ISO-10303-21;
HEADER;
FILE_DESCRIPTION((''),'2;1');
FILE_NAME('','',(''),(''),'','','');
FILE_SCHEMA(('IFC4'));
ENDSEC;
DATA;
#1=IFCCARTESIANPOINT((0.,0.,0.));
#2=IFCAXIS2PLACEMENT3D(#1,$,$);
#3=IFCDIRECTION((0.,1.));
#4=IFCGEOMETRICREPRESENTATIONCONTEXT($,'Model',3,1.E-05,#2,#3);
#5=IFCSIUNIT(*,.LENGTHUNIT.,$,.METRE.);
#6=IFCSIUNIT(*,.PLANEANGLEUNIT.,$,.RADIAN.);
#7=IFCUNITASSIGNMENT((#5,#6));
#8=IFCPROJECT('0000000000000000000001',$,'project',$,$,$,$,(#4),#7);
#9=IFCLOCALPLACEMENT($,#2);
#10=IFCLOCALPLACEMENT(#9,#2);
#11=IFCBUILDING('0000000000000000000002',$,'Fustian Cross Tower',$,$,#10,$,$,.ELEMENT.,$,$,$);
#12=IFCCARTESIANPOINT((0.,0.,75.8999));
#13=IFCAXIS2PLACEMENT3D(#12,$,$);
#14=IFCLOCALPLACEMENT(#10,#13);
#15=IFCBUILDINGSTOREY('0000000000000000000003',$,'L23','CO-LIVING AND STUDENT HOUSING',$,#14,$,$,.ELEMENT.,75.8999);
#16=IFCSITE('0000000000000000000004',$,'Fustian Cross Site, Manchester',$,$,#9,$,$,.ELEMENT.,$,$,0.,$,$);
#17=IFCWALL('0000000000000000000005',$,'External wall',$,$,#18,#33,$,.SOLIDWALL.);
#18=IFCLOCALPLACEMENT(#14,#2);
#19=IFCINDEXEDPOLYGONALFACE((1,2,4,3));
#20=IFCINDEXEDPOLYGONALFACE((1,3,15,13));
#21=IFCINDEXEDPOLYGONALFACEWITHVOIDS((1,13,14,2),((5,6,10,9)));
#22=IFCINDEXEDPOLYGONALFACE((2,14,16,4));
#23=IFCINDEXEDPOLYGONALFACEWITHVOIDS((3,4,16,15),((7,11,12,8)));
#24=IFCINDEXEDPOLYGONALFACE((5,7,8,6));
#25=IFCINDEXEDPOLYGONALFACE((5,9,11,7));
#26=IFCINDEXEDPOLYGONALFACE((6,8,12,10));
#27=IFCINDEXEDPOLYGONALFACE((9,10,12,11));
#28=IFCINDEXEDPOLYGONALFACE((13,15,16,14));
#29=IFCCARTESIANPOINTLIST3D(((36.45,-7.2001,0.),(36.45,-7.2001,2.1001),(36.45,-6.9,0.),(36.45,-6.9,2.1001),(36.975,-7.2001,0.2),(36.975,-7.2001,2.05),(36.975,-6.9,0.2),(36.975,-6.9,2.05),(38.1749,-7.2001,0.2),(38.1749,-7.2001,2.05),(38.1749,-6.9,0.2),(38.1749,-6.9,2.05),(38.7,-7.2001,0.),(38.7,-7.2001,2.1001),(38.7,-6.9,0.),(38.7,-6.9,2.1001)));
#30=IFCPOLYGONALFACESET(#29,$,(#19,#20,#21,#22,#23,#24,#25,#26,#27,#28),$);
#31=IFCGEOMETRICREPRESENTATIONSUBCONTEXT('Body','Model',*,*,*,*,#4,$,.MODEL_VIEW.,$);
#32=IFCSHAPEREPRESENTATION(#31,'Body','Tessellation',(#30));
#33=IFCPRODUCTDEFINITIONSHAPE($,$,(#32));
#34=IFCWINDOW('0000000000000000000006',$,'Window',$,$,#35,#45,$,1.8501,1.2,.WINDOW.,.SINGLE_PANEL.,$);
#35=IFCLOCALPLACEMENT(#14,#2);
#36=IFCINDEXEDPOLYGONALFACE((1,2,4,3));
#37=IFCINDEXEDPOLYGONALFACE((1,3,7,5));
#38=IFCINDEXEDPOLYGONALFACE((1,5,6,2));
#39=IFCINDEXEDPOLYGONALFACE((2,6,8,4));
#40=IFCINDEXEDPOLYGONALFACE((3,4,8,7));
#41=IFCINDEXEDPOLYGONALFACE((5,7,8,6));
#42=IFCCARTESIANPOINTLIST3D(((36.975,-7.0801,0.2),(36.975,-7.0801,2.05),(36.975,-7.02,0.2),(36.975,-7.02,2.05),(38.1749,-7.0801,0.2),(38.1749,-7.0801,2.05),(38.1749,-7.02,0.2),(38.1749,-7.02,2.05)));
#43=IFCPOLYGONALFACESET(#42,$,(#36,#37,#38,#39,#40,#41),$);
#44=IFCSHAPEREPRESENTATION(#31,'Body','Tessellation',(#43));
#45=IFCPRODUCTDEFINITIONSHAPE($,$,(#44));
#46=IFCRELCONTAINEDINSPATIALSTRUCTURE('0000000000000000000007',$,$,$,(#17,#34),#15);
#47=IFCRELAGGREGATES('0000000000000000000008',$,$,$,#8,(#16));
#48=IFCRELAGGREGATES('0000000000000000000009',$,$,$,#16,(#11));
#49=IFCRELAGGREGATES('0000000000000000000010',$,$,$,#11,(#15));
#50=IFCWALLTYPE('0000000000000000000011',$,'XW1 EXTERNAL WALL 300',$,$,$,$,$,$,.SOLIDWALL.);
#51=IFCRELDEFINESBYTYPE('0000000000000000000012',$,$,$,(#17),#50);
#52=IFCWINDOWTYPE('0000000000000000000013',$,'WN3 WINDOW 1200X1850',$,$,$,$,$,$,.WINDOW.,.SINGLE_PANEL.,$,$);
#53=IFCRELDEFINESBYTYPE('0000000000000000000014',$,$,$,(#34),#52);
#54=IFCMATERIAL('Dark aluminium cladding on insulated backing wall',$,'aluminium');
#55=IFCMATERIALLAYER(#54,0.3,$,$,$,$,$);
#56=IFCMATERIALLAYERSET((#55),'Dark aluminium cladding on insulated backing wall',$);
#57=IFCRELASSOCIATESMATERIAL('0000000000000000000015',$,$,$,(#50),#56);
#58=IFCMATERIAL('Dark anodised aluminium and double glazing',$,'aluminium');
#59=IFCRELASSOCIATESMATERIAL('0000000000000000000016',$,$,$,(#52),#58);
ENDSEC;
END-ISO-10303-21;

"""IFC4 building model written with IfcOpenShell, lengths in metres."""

from ifc_helpers import new_model, si_unit, direction, frame, frame_2d, origin, place, context, subcontext, project, spatial, rectangle, extrude, material, layer, layer_set, type_object, element, fill, save


model = new_model("IFC4")

# Units and contexts
model_context = context("Model", 3, precision=1e-05, world=origin(), true_north=direction((0.0, 1.0)))
body_context = subcontext(model_context, "Body", "Model", "MODEL_VIEW")
ifc_project = project(units=[si_unit("LENGTHUNIT", "METRE"), si_unit("PLANEANGLEUNIT", "RADIAN")], contexts=[model_context])

# Site, building, storey
site_placement = place(None, origin())
site = spatial("IfcSite", under=ifc_project, at=site_placement, Name="Fustian Cross Site, Manchester", CompositionType="ELEMENT", RefElevation=0.0)
building_placement = place(site_placement, origin())
building = spatial("IfcBuilding", under=site, at=building_placement, Name="Fustian Cross Tower", CompositionType="ELEMENT")
storey_placement = place(building_placement, frame((0.0, 0.0, 75.8999)))
storey = spatial("IfcBuildingStorey", under=building, at=storey_placement, Name="L23", Description="CO-LIVING AND STUDENT HOUSING", CompositionType="ELEMENT", Elevation=75.8999)

# Wall, opening, window
ifc_material_1 = material(Name="Dark aluminium cladding on insulated backing wall", Category="aluminium")
ifc_layer_1 = layer(ifc_material_1, 0.3)
ifc_layer_set_1 = layer_set([ifc_layer_1], Name="Dark aluminium cladding on insulated backing wall")
wall_type_1 = type_object("IfcWallType", Name="XW1 EXTERNAL WALL 300", PredefinedType="SOLIDWALL", material=ifc_layer_set_1)
ifc_material_2 = material(Name="Dark anodised aluminium and double glazing", Category="aluminium")
window_type = type_object("IfcWindowType", Name="WN3 WINDOW 1200X1850", PartitioningType="SINGLE_PANEL", PredefinedType="WINDOW", material=ifc_material_2)
wall_1_placement = place(storey_placement, frame((36.45, -7.05, 0.0), z_axis=(0.0, 0.0, 1.0), x_axis=(1.0, 0.0, 0.0)))
wall_1 = element("IfcWall", 1, at=wall_1_placement, inside=storey, type_object=wall_type_1, Name="External wall", PredefinedType="SOLIDWALL", context=body_context, shape_type="SweptSolid", body=[
    extrude(rectangle(XDim=2.25, YDim=0.3, at=frame_2d((1.125, 0.0))), origin(), (0.0, 0.0, 1.0), 2.1001),
])
opening_1_placement = place(wall_1_placement, frame((0.5249, 0.0, 0.2)))
opening_1 = element("IfcOpeningElement", 2, at=opening_1_placement, cuts=wall_1, PredefinedType="OPENING", context=body_context, shape_type="SweptSolid", body=[
    extrude(rectangle(XDim=1.2, YDim=1.8501, at=frame_2d((0.6001, 0.925))), frame((0.0, 0.1599, 0.0), z_axis=(0.0, -1.0, 0.0), x_axis=(1.0, 0.0, 0.0)), (0.0, 0.0, 1.0), 0.3201),
])
window_1_placement = place(opening_1_placement, origin())
window_1 = element("IfcWindow", 3, at=window_1_placement, inside=storey, type_object=window_type, Name="Window", OverallHeight=1.8501, OverallWidth=1.2, PartitioningType="SINGLE_PANEL", PredefinedType="WINDOW", context=body_context, shape_type="SweptSolid", body=[
    extrude(rectangle(XDim=1.2, YDim=1.8501, at=frame_2d((0.6001, 0.925))), frame((0.0, 0.03, 0.0), z_axis=(0.0, -1.0, 0.0), x_axis=(1.0, 0.0, 0.0)), (0.0, 0.0, 1.0), 0.0601),
])
fill(opening_1, window_1)

save(model, "model.ifc")
